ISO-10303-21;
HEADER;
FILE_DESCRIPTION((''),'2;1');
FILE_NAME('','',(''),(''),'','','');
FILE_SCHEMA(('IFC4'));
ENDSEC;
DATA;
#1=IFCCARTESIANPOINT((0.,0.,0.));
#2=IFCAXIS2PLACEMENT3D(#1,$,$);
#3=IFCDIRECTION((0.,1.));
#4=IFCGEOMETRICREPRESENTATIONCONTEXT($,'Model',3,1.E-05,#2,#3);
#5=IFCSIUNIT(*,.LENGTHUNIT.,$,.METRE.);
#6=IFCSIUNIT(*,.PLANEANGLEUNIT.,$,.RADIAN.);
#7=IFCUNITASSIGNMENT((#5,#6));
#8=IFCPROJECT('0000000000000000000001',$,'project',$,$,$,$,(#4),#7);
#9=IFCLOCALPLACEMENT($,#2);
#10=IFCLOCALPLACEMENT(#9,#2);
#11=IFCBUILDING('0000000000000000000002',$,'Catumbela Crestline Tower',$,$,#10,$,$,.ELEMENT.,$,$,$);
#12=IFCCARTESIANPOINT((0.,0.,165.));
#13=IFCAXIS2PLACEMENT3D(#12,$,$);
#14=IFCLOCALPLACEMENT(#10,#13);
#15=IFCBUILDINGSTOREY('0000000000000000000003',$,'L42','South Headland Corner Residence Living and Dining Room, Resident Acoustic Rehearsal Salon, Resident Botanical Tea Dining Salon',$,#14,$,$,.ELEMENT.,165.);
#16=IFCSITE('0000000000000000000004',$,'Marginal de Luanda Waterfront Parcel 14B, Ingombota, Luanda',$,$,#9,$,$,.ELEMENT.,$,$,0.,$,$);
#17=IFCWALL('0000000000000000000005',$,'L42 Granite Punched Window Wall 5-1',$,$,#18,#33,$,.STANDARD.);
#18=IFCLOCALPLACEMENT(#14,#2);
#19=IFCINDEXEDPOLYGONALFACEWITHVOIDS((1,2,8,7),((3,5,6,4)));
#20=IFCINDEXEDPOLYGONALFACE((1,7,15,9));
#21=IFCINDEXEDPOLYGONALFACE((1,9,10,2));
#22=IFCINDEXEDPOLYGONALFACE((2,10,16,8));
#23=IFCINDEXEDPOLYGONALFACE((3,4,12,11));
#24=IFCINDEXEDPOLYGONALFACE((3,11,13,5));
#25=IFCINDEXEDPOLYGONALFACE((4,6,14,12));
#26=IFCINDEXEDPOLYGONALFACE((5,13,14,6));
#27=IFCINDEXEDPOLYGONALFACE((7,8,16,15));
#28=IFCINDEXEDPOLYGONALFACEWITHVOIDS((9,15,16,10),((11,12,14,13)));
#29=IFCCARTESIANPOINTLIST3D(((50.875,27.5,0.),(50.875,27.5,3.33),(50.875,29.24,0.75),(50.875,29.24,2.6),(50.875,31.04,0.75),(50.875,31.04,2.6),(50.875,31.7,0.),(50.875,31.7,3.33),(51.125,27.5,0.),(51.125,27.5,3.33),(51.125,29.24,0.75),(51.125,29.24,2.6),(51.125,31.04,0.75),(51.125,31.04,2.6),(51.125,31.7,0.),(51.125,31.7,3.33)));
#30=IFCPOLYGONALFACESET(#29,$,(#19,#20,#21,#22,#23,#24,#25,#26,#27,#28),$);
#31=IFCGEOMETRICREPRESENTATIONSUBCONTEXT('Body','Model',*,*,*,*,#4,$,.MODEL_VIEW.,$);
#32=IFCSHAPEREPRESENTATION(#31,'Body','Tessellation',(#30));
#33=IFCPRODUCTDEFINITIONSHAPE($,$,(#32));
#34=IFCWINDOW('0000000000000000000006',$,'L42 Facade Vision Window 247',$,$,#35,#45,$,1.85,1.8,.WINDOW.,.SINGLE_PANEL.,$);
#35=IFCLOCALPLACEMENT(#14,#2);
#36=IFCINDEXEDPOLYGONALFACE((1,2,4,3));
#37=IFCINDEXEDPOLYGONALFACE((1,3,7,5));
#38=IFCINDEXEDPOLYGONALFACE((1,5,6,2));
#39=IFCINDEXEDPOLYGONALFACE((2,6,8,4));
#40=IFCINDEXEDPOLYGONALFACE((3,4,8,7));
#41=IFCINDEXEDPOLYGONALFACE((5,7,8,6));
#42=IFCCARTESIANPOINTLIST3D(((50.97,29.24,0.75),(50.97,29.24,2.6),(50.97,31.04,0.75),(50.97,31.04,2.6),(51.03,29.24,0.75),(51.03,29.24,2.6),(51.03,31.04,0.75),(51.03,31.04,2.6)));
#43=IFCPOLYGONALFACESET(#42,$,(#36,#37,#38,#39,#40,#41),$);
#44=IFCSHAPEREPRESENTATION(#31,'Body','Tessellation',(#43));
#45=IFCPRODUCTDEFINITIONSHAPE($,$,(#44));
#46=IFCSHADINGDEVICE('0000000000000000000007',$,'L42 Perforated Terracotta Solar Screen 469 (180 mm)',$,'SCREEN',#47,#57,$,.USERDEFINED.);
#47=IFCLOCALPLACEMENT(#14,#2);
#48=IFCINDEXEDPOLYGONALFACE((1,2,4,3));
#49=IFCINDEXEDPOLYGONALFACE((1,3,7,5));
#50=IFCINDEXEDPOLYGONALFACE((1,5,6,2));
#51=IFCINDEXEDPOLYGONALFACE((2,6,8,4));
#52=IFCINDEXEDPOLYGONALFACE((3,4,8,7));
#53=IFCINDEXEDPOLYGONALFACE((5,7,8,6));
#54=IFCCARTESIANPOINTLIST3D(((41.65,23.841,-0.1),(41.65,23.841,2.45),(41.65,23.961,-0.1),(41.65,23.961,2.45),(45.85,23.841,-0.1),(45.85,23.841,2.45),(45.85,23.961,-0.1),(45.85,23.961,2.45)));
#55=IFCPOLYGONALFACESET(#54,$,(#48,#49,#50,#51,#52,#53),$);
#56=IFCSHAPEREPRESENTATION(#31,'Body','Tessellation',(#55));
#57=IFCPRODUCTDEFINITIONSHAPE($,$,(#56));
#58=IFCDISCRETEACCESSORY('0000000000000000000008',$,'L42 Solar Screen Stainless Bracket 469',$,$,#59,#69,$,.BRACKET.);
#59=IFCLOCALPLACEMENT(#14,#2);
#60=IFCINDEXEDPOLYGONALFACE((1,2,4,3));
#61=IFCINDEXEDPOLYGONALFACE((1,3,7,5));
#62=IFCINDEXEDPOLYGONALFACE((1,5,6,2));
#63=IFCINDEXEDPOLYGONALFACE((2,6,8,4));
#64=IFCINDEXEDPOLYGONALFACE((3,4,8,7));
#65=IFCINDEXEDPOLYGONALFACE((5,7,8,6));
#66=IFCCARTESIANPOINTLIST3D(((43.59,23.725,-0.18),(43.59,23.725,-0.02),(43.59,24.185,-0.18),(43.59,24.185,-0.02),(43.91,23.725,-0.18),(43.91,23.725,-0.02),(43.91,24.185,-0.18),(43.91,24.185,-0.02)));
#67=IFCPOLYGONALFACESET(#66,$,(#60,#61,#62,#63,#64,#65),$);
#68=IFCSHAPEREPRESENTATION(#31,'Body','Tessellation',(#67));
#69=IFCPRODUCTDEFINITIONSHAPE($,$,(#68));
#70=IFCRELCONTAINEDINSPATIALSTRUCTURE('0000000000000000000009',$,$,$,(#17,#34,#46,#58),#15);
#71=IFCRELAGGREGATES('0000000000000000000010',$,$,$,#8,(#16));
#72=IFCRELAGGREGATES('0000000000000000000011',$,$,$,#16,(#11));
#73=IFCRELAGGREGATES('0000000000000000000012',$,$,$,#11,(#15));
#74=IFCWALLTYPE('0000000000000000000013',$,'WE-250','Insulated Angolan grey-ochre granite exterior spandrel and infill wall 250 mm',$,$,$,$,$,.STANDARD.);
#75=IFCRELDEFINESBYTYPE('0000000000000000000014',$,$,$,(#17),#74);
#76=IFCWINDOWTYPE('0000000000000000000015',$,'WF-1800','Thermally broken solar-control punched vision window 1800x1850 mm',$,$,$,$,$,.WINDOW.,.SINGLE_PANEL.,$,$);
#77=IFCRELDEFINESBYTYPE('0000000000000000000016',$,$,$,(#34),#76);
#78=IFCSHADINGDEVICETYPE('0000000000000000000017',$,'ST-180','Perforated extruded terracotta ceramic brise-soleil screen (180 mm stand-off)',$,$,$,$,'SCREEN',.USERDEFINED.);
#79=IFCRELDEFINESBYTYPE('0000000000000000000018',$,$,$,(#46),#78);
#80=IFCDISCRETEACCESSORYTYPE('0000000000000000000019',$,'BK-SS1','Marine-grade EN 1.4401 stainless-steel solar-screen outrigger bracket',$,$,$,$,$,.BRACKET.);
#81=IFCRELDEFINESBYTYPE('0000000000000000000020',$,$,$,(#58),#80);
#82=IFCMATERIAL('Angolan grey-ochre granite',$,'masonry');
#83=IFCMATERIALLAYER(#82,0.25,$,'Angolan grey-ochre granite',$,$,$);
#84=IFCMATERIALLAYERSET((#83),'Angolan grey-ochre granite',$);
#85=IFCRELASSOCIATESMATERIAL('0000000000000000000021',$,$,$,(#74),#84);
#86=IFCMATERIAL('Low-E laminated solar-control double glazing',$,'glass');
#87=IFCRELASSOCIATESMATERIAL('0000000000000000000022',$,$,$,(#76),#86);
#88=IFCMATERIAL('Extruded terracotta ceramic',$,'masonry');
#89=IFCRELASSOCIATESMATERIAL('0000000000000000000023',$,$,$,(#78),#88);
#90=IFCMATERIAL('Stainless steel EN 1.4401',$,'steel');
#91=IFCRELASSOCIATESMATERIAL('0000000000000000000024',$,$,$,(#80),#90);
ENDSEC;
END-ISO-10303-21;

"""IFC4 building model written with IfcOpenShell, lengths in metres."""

from ifc_helpers import new_model, si_unit, direction, frame, frame_2d, origin, origin_2d, place, context, subcontext, project, spatial, rectangle, extrude, material, layer, layer_set, type_object, element, fill, save


model = new_model("IFC4")

# Units and contexts
model_context = context("Model", 3, precision=1e-05, world=origin(), true_north=direction((0.0, 1.0)))
body_context = subcontext(model_context, "Body", "Model", "MODEL_VIEW")
ifc_project = project(units=[si_unit("LENGTHUNIT", "METRE"), si_unit("PLANEANGLEUNIT", "RADIAN")], contexts=[model_context])

# Site, building, storey
site_placement = place(None, origin())
site = spatial("IfcSite", under=ifc_project, at=site_placement, Name="Marginal de Luanda Waterfront Parcel 14B, Ingombota, Luanda", CompositionType="ELEMENT", RefElevation=0.0)
building_placement = place(site_placement, origin())
building = spatial("IfcBuilding", under=site, at=building_placement, Name="Catumbela Crestline Tower", CompositionType="ELEMENT")
storey_placement = place(building_placement, frame((0.0, 0.0, 165.0)))
storey = spatial("IfcBuildingStorey", under=building, at=storey_placement, Name="L42", Description="South Headland Corner Residence Living and Dining Room, Resident Acoustic Rehearsal Salon, Resident Botanical Tea Dining Salon", CompositionType="ELEMENT", Elevation=165.0)

# Shared definitions
ifc_material_1 = material(Name="Low-E laminated solar-control double glazing", Category="glass")

# Wall, opening, window
ifc_material_2 = material(Name="Angolan grey-ochre granite", Category="masonry")
ifc_layer_1 = layer(ifc_material_2, 0.25, Name="Angolan grey-ochre granite")
ifc_layer_set_1 = layer_set([ifc_layer_1], Name="Angolan grey-ochre granite")
wall_type = type_object("IfcWallType", Name="WE-250", Description="Insulated Angolan grey-ochre granite exterior spandrel and infill wall 250 mm", PredefinedType="STANDARD", material=ifc_layer_set_1)
wall_1_placement = place(storey_placement, frame((51.0, 27.5, 0.0), z_axis=(0.0, 0.0, 1.0), x_axis=(0.0, 1.0, 0.0)))
wall_1 = element("IfcWall", 1, at=wall_1_placement, inside=storey, type_object=wall_type, Name="L42 Granite Punched Window Wall 5-1", PredefinedType="STANDARD", context=body_context, shape_type="SweptSolid", body=[
    extrude(rectangle(XDim=4.2, YDim=0.25, at=frame_2d((2.1, 0.0))), origin(), (0.0, 0.0, 1.0), 3.33),
])
opening_1_placement = place(wall_1_placement, frame((1.74, 0.0, 0.75)))
opening_1 = element("IfcOpeningElement", 2, at=opening_1_placement, cuts=wall_1, PredefinedType="OPENING", context=body_context, shape_type="SweptSolid", body=[
    extrude(rectangle(XDim=1.8, YDim=1.85, at=frame_2d((0.9, 0.925))), frame((0.0, 0.135, 0.0), z_axis=(0.0, -1.0, 0.0), x_axis=(1.0, 0.0, 0.0)), (0.0, 0.0, 1.0), 0.27),
])
window_type_1 = type_object("IfcWindowType", Name="WF-1800", Description="Thermally broken solar-control punched vision window 1800x1850 mm", PartitioningType="SINGLE_PANEL", PredefinedType="WINDOW", material=ifc_material_1)
window_1_placement = place(opening_1_placement, origin())
window_1 = element("IfcWindow", 3, at=window_1_placement, inside=storey, type_object=window_type_1, Name="L42 Facade Vision Window 247", OverallHeight=1.85, OverallWidth=1.8, PartitioningType="SINGLE_PANEL", PredefinedType="WINDOW", context=body_context, shape_type="SweptSolid", body=[
    extrude(rectangle(XDim=1.8, YDim=1.85, at=frame_2d((0.9, 0.925))), frame((0.0, 0.03, 0.0), z_axis=(0.0, -1.0, 0.0), x_axis=(1.0, 0.0, 0.0)), (0.0, 0.0, 1.0), 0.06),
])
fill(opening_1, window_1)

# Shading device
ifc_material_3 = material(Name="Extruded terracotta ceramic", Category="masonry")
shading_device_type = type_object("IfcShadingDeviceType", Name="ST-180", Description="Perforated extruded terracotta ceramic brise-soleil screen (180 mm stand-off)", ElementType="SCREEN", PredefinedType="USERDEFINED", material=ifc_material_3)
shading_device_placement = place(storey_placement, frame((43.75, 23.901, -0.1), z_axis=(0.0, 0.0, 1.0), x_axis=(1.0, 0.0, 0.0)))
element("IfcShadingDevice", 4, at=shading_device_placement, inside=storey, type_object=shading_device_type, Name="L42 Perforated Terracotta Solar Screen 469 (180 mm)", ObjectType="SCREEN", PredefinedType="USERDEFINED", context=body_context, shape_type="SweptSolid", body=[
    extrude(rectangle(XDim=4.2, YDim=0.12, at=origin_2d()), origin(), (0.0, 0.0, 1.0), 2.55),
])

# Discrete accessory
ifc_material_4 = material(Name="Stainless steel EN 1.4401", Category="steel")
discrete_accessory_type = type_object("IfcDiscreteAccessoryType", Name="BK-SS1", Description="Marine-grade EN 1.4401 stainless-steel solar-screen outrigger bracket", PredefinedType="BRACKET", material=ifc_material_4)
discrete_accessory_placement = place(storey_placement, frame((43.75, 23.955, -0.18), z_axis=(0.0, 0.0, 1.0), x_axis=(1.0, 0.0, 0.0)))
element("IfcDiscreteAccessory", 5, at=discrete_accessory_placement, inside=storey, type_object=discrete_accessory_type, Name="L42 Solar Screen Stainless Bracket 469", PredefinedType="BRACKET", context=body_context, shape_type="SweptSolid", body=[
    extrude(rectangle(XDim=0.32, YDim=0.46, at=origin_2d()), origin(), (0.0, 0.0, 1.0), 0.16),
])

save(model, "model.ifc")
